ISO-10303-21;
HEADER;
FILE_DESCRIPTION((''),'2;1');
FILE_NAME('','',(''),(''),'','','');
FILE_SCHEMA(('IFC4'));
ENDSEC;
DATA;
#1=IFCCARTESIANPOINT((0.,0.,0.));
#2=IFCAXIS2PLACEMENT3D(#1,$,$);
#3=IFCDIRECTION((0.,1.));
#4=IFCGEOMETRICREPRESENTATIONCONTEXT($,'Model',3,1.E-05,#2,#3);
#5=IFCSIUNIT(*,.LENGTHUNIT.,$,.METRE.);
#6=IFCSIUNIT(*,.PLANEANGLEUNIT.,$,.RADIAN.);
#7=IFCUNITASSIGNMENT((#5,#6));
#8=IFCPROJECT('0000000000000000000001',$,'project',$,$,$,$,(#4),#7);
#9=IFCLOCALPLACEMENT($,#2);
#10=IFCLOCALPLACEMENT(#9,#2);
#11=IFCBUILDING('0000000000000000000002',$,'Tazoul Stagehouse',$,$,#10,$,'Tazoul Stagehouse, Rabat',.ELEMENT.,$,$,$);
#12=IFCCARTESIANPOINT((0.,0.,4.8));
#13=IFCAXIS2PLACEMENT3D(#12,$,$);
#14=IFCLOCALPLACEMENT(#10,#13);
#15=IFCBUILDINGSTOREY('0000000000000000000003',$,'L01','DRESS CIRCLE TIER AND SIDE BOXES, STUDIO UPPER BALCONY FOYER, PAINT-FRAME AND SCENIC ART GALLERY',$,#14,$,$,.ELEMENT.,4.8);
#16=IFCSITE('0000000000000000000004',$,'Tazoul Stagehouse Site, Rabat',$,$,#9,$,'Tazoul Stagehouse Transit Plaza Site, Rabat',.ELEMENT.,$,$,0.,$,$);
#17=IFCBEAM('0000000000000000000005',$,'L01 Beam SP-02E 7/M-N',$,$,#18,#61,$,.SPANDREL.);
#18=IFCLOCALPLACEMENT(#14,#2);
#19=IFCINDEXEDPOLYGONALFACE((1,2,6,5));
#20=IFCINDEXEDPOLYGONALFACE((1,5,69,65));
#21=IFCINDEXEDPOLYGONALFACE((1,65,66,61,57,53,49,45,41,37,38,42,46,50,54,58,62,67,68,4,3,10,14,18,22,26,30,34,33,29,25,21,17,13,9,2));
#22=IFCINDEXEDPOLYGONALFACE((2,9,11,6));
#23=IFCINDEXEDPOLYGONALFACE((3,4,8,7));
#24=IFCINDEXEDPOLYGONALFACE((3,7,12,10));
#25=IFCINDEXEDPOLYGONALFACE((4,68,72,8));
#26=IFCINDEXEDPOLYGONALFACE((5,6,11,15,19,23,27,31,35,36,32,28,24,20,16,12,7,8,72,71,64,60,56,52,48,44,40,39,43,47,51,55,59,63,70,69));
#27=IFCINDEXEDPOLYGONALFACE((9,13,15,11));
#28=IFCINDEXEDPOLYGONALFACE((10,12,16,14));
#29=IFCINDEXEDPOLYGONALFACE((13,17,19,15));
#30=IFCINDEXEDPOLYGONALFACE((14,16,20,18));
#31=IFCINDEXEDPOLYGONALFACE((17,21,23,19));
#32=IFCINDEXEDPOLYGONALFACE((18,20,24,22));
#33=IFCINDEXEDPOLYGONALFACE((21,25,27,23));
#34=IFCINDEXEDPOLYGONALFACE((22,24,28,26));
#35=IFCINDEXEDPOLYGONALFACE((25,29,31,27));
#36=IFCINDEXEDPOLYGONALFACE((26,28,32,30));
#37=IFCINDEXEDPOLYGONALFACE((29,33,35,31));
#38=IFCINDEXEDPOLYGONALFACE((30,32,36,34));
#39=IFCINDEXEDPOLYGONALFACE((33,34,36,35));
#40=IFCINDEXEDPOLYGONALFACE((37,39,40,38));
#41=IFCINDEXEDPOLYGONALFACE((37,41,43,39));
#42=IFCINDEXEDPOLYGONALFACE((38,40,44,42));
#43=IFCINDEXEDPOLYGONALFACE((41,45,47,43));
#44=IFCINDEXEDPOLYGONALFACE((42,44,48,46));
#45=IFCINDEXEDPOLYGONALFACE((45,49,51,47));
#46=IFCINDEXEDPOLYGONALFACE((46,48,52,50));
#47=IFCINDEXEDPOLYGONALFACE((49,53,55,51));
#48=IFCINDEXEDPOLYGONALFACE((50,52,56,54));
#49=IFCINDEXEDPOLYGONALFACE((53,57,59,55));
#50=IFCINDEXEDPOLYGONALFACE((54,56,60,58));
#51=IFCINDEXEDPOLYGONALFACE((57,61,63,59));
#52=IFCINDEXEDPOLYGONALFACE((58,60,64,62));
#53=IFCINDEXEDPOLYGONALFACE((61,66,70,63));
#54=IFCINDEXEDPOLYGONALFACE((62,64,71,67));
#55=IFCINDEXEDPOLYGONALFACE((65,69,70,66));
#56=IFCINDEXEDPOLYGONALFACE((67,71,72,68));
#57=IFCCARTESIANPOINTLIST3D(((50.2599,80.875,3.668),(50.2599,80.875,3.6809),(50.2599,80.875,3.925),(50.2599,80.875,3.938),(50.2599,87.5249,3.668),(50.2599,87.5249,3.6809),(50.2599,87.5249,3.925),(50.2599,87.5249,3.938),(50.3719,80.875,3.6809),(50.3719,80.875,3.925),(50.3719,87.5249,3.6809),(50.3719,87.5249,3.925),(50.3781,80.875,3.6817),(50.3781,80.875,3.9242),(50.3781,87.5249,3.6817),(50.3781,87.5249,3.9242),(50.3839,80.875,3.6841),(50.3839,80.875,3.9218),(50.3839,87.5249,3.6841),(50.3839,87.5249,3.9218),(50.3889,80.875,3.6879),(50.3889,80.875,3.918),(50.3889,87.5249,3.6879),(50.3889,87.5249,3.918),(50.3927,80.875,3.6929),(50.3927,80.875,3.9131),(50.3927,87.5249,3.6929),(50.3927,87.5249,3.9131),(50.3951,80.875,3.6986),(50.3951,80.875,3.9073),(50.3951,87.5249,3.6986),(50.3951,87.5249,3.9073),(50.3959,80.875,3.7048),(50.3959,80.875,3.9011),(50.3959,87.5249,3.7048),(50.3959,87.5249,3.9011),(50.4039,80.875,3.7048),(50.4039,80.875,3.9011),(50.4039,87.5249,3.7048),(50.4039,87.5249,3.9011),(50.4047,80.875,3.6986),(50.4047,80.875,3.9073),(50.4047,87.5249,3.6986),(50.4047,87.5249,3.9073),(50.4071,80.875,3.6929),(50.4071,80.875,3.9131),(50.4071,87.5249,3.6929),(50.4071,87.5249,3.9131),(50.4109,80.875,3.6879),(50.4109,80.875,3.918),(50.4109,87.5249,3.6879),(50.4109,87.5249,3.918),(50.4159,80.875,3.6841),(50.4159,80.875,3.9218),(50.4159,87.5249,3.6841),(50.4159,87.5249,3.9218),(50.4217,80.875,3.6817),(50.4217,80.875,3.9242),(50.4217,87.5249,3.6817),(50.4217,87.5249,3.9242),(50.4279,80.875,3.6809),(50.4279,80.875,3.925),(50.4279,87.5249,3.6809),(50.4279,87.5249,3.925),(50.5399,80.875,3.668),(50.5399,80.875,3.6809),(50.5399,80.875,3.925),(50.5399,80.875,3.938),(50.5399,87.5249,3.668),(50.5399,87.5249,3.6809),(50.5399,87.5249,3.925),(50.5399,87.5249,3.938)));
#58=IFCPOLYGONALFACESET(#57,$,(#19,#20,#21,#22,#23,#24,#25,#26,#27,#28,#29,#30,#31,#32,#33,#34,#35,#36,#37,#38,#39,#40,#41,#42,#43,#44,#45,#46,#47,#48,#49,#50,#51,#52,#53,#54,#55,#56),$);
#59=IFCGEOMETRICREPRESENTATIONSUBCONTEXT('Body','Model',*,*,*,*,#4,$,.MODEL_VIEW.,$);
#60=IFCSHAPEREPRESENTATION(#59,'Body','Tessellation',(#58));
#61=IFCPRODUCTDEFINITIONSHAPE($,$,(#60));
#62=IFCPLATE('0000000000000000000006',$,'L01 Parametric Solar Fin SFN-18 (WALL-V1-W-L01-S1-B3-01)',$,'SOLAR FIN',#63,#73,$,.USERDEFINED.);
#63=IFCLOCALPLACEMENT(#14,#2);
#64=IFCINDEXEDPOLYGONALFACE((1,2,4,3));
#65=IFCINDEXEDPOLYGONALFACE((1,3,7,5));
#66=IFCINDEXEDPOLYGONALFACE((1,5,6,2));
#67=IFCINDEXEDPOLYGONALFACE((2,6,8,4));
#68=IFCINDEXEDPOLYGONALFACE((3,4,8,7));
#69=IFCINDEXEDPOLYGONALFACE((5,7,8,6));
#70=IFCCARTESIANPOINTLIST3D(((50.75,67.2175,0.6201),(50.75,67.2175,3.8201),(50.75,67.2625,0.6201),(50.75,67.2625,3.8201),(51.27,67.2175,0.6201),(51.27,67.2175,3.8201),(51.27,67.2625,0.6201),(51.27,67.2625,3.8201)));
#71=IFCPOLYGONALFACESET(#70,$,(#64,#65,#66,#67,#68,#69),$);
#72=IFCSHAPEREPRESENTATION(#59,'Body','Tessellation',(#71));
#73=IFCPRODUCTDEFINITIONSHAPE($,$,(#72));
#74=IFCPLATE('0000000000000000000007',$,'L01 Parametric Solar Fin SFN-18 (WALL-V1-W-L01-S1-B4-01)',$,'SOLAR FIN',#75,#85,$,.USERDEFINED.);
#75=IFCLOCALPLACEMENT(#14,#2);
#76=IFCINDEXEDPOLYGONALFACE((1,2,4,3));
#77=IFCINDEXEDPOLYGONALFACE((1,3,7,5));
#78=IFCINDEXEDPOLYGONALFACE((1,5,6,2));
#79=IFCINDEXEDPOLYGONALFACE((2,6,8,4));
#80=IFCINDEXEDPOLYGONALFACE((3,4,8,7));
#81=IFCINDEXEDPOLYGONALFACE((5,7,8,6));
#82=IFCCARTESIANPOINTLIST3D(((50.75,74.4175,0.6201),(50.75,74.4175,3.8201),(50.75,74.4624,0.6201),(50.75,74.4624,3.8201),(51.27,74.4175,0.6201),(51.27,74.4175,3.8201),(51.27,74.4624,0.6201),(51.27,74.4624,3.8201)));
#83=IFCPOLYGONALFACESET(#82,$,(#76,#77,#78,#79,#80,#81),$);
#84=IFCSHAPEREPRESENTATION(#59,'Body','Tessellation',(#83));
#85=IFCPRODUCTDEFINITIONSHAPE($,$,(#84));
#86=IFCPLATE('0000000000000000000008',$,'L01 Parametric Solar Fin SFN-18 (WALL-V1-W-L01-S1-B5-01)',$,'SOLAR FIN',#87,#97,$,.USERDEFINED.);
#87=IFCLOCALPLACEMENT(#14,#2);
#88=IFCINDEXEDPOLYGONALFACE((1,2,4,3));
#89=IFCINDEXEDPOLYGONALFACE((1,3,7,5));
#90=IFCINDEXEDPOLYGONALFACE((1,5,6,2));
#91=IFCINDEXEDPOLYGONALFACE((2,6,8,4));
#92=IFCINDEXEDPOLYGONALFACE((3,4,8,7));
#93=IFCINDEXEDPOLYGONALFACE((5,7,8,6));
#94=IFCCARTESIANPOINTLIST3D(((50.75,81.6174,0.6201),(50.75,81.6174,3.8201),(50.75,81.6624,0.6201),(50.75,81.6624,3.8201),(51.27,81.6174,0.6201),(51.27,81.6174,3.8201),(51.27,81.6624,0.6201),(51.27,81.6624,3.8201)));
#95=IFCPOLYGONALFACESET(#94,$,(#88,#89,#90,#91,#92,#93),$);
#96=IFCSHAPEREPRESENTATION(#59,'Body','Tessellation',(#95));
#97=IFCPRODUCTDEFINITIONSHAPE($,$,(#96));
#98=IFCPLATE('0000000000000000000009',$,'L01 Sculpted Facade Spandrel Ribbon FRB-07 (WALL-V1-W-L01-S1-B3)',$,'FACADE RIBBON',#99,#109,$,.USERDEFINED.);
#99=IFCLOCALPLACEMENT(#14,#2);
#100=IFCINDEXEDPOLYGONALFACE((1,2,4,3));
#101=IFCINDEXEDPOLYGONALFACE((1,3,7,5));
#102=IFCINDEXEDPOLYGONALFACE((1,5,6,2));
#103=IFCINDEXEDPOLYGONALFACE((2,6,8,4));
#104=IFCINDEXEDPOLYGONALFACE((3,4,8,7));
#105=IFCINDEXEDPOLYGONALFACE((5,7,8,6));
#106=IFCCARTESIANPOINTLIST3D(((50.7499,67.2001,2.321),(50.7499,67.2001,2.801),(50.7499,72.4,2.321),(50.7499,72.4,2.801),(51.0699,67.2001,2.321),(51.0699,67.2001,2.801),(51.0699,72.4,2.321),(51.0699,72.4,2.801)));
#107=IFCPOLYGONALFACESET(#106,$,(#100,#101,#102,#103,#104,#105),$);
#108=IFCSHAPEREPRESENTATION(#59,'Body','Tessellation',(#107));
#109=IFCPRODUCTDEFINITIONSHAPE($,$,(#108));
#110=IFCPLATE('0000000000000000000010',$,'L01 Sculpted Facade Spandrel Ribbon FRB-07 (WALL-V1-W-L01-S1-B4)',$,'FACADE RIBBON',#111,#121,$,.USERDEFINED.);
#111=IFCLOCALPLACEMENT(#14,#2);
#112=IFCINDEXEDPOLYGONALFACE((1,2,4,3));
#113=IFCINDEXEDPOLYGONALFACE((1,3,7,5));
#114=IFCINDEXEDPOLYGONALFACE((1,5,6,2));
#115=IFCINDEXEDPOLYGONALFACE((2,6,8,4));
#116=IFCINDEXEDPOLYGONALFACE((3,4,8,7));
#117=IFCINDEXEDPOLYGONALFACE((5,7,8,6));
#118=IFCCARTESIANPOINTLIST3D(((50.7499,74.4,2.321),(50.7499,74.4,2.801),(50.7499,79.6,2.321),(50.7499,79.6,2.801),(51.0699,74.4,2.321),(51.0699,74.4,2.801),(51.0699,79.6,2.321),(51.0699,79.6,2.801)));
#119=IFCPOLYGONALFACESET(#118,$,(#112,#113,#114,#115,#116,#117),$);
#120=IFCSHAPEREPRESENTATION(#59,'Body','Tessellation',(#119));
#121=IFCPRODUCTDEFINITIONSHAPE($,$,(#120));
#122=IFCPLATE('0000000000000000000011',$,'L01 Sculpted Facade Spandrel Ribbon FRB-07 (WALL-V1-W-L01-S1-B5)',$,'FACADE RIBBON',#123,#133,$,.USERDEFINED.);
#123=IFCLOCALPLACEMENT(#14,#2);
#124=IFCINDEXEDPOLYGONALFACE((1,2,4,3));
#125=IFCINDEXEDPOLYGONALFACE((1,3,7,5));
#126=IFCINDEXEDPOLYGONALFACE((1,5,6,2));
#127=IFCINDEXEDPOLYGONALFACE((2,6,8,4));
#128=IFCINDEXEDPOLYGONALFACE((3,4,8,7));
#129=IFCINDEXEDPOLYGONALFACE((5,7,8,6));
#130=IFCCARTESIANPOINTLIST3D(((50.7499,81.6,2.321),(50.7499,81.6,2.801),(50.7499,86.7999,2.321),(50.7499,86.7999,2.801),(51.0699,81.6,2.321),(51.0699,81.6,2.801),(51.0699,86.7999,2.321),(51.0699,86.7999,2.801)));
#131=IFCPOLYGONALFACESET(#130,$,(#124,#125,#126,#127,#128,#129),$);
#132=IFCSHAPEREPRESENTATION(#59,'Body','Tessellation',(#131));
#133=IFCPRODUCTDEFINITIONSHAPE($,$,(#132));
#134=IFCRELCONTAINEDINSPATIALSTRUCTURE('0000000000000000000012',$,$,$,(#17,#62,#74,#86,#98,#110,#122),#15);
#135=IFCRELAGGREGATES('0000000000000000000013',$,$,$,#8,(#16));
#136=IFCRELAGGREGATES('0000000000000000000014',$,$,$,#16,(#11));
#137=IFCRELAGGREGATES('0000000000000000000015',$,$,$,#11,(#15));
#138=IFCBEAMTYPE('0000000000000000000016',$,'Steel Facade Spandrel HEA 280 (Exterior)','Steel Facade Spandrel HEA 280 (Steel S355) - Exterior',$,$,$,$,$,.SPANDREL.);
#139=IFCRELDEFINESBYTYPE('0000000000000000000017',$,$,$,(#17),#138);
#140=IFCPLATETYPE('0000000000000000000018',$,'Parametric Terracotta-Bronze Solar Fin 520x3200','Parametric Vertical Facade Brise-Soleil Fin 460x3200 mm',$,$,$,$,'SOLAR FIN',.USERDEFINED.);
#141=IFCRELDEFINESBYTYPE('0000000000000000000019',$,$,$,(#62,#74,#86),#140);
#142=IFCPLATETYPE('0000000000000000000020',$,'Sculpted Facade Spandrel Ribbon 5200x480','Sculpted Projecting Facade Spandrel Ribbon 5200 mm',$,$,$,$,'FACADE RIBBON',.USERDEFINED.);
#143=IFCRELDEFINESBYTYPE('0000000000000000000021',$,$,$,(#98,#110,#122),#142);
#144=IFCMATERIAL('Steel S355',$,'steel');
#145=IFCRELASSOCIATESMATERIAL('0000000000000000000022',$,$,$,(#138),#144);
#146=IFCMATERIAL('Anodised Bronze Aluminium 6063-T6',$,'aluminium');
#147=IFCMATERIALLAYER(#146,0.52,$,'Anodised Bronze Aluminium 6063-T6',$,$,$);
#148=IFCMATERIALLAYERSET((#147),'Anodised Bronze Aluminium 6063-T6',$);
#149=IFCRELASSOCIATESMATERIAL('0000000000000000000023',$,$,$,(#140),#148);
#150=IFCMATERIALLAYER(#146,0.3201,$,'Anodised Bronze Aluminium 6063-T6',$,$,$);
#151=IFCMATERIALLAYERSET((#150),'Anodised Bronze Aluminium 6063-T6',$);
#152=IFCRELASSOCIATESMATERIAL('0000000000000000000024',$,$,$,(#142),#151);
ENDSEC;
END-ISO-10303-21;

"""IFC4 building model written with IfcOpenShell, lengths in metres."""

from ifc_helpers import new_model, si_unit, direction, frame, origin, origin_2d, place, context, subcontext, project, spatial, rectangle, i_section, extrude, material, layer, layer_set, material_profile, profile_set, type_object, element, save


model = new_model("IFC4")

# Units and contexts
model_context = context("Model", 3, precision=1e-05, world=origin(), true_north=direction((0.0, 1.0)))
body_context = subcontext(model_context, "Body", "Model", "MODEL_VIEW")
ifc_project = project(units=[si_unit("LENGTHUNIT", "METRE"), si_unit("PLANEANGLEUNIT", "RADIAN")], contexts=[model_context])

# Site, building, storey
site_placement = place(None, origin())
site = spatial("IfcSite", under=ifc_project, at=site_placement, Name="Tazoul Stagehouse Site, Rabat", LongName="Tazoul Stagehouse Transit Plaza Site, Rabat", CompositionType="ELEMENT", RefElevation=0.0)
building_placement = place(site_placement, origin())
building = spatial("IfcBuilding", under=site, at=building_placement, Name="Tazoul Stagehouse", LongName="Tazoul Stagehouse, Rabat", CompositionType="ELEMENT")
storey_placement = place(building_placement, frame((0.0, 0.0, 4.8)))
storey = spatial("IfcBuildingStorey", under=building, at=storey_placement, Name="L01", Description="DRESS CIRCLE TIER AND SIDE BOXES, STUDIO UPPER BALCONY FOYER, PAINT-FRAME AND SCENIC ART GALLERY", CompositionType="ELEMENT", Elevation=4.8)

# Beam
ifc_material_1 = material(Name="Steel S355", Category="steel")
ifc_material_profile_1 = material_profile(ifc_material_1, i_section(OverallWidth=0.28, OverallDepth=0.27, WebThickness=0.0081, FlangeThickness=0.0129, FilletRadius=0.0239, at=origin_2d()), Name="HEA 280")
ifc_profile_set_1 = profile_set([ifc_material_profile_1], Name="Steel S355")
beam_type_1 = type_object("IfcBeamType", Name="Steel Facade Spandrel HEA 280 (Exterior)", Description="Steel Facade Spandrel HEA 280 (Steel S355) - Exterior", PredefinedType="SPANDREL", material=ifc_profile_set_1)
for number, where, z_axis, x_axis, name in (
    (1, (50.3999, 80.875, 3.803), (0.0, 1.0, 0.0), (-1.0, 0.0, 0.0), "L01 Beam SP-02E 7/M-N"),
):
    element("IfcBeam", number, at=place(storey_placement, frame(where, z_axis=z_axis, x_axis=x_axis)), inside=storey, type_object=beam_type_1, Name=name, PredefinedType="SPANDREL", context=body_context, shape_type="SweptSolid", body=[
        extrude(i_section(OverallWidth=0.28, OverallDepth=0.27, WebThickness=0.0081, FlangeThickness=0.0129, FilletRadius=0.0239, at=origin_2d()), origin(), (0.0, 0.0, 1.0), 6.6499),
    ])

# Plates
ifc_material_2 = material(Name="Anodised Bronze Aluminium 6063-T6", Category="aluminium")
ifc_layer_1 = layer(ifc_material_2, 0.52, Name="Anodised Bronze Aluminium 6063-T6")
ifc_layer_set_1 = layer_set([ifc_layer_1], Name="Anodised Bronze Aluminium 6063-T6")
plate_type_1 = type_object("IfcPlateType", Name="Parametric Terracotta-Bronze Solar Fin 520x3200", Description="Parametric Vertical Facade Brise-Soleil Fin 460x3200 mm", ElementType="SOLAR FIN", PredefinedType="USERDEFINED", material=ifc_layer_set_1)
for number, where, z_axis, x_axis, name in (
    (2, (51.01, 67.24, 0.6201), (0.0, 0.0, 1.0), (0.0, 1.0, 0.0), "L01 Parametric Solar Fin SFN-18 (WALL-V1-W-L01-S1-B3-01)"),
    (3, (51.01, 74.4399, 0.6201), (0.0, 0.0, 1.0), (0.0, 1.0, 0.0), "L01 Parametric Solar Fin SFN-18 (WALL-V1-W-L01-S1-B4-01)"),
    (4, (51.01, 81.6399, 0.6201), (0.0, 0.0, 1.0), (0.0, 1.0, 0.0), "L01 Parametric Solar Fin SFN-18 (WALL-V1-W-L01-S1-B5-01)"),
):
    element("IfcPlate", number, at=place(storey_placement, frame(where, z_axis=z_axis, x_axis=x_axis)), inside=storey, type_object=plate_type_1, Name=name, ObjectType="SOLAR FIN", PredefinedType="USERDEFINED", context=body_context, shape_type="SweptSolid", body=[
        extrude(rectangle(XDim=0.0449, YDim=0.52, at=origin_2d()), origin(), (0.0, 0.0, 1.0), 3.2),
    ])
ifc_layer_2 = layer(ifc_material_2, 0.3201, Name="Anodised Bronze Aluminium 6063-T6")
ifc_layer_set_2 = layer_set([ifc_layer_2], Name="Anodised Bronze Aluminium 6063-T6")
plate_type_2 = type_object("IfcPlateType", Name="Sculpted Facade Spandrel Ribbon 5200x480", Description="Sculpted Projecting Facade Spandrel Ribbon 5200 mm", ElementType="FACADE RIBBON", PredefinedType="USERDEFINED", material=ifc_layer_set_2)
for number, where, z_axis, x_axis, name in (
    (5, (50.9099, 69.8, 2.321), (0.0, 0.0, 1.0), (0.0, 1.0, 0.0), "L01 Sculpted Facade Spandrel Ribbon FRB-07 (WALL-V1-W-L01-S1-B3)"),
    (6, (50.9099, 77.0, 2.321), (0.0, 0.0, 1.0), (0.0, 1.0, 0.0), "L01 Sculpted Facade Spandrel Ribbon FRB-07 (WALL-V1-W-L01-S1-B4)"),
    (7, (50.9099, 84.2, 2.321), (0.0, 0.0, 1.0), (0.0, 1.0, 0.0), "L01 Sculpted Facade Spandrel Ribbon FRB-07 (WALL-V1-W-L01-S1-B5)"),
):
    element("IfcPlate", number, at=place(storey_placement, frame(where, z_axis=z_axis, x_axis=x_axis)), inside=storey, type_object=plate_type_2, Name=name, ObjectType="FACADE RIBBON", PredefinedType="USERDEFINED", context=body_context, shape_type="SweptSolid", body=[
        extrude(rectangle(XDim=5.2, YDim=0.3201, at=origin_2d()), origin(), (0.0, 0.0, 1.0), 0.48),
    ])

save(model, "model.ifc")
